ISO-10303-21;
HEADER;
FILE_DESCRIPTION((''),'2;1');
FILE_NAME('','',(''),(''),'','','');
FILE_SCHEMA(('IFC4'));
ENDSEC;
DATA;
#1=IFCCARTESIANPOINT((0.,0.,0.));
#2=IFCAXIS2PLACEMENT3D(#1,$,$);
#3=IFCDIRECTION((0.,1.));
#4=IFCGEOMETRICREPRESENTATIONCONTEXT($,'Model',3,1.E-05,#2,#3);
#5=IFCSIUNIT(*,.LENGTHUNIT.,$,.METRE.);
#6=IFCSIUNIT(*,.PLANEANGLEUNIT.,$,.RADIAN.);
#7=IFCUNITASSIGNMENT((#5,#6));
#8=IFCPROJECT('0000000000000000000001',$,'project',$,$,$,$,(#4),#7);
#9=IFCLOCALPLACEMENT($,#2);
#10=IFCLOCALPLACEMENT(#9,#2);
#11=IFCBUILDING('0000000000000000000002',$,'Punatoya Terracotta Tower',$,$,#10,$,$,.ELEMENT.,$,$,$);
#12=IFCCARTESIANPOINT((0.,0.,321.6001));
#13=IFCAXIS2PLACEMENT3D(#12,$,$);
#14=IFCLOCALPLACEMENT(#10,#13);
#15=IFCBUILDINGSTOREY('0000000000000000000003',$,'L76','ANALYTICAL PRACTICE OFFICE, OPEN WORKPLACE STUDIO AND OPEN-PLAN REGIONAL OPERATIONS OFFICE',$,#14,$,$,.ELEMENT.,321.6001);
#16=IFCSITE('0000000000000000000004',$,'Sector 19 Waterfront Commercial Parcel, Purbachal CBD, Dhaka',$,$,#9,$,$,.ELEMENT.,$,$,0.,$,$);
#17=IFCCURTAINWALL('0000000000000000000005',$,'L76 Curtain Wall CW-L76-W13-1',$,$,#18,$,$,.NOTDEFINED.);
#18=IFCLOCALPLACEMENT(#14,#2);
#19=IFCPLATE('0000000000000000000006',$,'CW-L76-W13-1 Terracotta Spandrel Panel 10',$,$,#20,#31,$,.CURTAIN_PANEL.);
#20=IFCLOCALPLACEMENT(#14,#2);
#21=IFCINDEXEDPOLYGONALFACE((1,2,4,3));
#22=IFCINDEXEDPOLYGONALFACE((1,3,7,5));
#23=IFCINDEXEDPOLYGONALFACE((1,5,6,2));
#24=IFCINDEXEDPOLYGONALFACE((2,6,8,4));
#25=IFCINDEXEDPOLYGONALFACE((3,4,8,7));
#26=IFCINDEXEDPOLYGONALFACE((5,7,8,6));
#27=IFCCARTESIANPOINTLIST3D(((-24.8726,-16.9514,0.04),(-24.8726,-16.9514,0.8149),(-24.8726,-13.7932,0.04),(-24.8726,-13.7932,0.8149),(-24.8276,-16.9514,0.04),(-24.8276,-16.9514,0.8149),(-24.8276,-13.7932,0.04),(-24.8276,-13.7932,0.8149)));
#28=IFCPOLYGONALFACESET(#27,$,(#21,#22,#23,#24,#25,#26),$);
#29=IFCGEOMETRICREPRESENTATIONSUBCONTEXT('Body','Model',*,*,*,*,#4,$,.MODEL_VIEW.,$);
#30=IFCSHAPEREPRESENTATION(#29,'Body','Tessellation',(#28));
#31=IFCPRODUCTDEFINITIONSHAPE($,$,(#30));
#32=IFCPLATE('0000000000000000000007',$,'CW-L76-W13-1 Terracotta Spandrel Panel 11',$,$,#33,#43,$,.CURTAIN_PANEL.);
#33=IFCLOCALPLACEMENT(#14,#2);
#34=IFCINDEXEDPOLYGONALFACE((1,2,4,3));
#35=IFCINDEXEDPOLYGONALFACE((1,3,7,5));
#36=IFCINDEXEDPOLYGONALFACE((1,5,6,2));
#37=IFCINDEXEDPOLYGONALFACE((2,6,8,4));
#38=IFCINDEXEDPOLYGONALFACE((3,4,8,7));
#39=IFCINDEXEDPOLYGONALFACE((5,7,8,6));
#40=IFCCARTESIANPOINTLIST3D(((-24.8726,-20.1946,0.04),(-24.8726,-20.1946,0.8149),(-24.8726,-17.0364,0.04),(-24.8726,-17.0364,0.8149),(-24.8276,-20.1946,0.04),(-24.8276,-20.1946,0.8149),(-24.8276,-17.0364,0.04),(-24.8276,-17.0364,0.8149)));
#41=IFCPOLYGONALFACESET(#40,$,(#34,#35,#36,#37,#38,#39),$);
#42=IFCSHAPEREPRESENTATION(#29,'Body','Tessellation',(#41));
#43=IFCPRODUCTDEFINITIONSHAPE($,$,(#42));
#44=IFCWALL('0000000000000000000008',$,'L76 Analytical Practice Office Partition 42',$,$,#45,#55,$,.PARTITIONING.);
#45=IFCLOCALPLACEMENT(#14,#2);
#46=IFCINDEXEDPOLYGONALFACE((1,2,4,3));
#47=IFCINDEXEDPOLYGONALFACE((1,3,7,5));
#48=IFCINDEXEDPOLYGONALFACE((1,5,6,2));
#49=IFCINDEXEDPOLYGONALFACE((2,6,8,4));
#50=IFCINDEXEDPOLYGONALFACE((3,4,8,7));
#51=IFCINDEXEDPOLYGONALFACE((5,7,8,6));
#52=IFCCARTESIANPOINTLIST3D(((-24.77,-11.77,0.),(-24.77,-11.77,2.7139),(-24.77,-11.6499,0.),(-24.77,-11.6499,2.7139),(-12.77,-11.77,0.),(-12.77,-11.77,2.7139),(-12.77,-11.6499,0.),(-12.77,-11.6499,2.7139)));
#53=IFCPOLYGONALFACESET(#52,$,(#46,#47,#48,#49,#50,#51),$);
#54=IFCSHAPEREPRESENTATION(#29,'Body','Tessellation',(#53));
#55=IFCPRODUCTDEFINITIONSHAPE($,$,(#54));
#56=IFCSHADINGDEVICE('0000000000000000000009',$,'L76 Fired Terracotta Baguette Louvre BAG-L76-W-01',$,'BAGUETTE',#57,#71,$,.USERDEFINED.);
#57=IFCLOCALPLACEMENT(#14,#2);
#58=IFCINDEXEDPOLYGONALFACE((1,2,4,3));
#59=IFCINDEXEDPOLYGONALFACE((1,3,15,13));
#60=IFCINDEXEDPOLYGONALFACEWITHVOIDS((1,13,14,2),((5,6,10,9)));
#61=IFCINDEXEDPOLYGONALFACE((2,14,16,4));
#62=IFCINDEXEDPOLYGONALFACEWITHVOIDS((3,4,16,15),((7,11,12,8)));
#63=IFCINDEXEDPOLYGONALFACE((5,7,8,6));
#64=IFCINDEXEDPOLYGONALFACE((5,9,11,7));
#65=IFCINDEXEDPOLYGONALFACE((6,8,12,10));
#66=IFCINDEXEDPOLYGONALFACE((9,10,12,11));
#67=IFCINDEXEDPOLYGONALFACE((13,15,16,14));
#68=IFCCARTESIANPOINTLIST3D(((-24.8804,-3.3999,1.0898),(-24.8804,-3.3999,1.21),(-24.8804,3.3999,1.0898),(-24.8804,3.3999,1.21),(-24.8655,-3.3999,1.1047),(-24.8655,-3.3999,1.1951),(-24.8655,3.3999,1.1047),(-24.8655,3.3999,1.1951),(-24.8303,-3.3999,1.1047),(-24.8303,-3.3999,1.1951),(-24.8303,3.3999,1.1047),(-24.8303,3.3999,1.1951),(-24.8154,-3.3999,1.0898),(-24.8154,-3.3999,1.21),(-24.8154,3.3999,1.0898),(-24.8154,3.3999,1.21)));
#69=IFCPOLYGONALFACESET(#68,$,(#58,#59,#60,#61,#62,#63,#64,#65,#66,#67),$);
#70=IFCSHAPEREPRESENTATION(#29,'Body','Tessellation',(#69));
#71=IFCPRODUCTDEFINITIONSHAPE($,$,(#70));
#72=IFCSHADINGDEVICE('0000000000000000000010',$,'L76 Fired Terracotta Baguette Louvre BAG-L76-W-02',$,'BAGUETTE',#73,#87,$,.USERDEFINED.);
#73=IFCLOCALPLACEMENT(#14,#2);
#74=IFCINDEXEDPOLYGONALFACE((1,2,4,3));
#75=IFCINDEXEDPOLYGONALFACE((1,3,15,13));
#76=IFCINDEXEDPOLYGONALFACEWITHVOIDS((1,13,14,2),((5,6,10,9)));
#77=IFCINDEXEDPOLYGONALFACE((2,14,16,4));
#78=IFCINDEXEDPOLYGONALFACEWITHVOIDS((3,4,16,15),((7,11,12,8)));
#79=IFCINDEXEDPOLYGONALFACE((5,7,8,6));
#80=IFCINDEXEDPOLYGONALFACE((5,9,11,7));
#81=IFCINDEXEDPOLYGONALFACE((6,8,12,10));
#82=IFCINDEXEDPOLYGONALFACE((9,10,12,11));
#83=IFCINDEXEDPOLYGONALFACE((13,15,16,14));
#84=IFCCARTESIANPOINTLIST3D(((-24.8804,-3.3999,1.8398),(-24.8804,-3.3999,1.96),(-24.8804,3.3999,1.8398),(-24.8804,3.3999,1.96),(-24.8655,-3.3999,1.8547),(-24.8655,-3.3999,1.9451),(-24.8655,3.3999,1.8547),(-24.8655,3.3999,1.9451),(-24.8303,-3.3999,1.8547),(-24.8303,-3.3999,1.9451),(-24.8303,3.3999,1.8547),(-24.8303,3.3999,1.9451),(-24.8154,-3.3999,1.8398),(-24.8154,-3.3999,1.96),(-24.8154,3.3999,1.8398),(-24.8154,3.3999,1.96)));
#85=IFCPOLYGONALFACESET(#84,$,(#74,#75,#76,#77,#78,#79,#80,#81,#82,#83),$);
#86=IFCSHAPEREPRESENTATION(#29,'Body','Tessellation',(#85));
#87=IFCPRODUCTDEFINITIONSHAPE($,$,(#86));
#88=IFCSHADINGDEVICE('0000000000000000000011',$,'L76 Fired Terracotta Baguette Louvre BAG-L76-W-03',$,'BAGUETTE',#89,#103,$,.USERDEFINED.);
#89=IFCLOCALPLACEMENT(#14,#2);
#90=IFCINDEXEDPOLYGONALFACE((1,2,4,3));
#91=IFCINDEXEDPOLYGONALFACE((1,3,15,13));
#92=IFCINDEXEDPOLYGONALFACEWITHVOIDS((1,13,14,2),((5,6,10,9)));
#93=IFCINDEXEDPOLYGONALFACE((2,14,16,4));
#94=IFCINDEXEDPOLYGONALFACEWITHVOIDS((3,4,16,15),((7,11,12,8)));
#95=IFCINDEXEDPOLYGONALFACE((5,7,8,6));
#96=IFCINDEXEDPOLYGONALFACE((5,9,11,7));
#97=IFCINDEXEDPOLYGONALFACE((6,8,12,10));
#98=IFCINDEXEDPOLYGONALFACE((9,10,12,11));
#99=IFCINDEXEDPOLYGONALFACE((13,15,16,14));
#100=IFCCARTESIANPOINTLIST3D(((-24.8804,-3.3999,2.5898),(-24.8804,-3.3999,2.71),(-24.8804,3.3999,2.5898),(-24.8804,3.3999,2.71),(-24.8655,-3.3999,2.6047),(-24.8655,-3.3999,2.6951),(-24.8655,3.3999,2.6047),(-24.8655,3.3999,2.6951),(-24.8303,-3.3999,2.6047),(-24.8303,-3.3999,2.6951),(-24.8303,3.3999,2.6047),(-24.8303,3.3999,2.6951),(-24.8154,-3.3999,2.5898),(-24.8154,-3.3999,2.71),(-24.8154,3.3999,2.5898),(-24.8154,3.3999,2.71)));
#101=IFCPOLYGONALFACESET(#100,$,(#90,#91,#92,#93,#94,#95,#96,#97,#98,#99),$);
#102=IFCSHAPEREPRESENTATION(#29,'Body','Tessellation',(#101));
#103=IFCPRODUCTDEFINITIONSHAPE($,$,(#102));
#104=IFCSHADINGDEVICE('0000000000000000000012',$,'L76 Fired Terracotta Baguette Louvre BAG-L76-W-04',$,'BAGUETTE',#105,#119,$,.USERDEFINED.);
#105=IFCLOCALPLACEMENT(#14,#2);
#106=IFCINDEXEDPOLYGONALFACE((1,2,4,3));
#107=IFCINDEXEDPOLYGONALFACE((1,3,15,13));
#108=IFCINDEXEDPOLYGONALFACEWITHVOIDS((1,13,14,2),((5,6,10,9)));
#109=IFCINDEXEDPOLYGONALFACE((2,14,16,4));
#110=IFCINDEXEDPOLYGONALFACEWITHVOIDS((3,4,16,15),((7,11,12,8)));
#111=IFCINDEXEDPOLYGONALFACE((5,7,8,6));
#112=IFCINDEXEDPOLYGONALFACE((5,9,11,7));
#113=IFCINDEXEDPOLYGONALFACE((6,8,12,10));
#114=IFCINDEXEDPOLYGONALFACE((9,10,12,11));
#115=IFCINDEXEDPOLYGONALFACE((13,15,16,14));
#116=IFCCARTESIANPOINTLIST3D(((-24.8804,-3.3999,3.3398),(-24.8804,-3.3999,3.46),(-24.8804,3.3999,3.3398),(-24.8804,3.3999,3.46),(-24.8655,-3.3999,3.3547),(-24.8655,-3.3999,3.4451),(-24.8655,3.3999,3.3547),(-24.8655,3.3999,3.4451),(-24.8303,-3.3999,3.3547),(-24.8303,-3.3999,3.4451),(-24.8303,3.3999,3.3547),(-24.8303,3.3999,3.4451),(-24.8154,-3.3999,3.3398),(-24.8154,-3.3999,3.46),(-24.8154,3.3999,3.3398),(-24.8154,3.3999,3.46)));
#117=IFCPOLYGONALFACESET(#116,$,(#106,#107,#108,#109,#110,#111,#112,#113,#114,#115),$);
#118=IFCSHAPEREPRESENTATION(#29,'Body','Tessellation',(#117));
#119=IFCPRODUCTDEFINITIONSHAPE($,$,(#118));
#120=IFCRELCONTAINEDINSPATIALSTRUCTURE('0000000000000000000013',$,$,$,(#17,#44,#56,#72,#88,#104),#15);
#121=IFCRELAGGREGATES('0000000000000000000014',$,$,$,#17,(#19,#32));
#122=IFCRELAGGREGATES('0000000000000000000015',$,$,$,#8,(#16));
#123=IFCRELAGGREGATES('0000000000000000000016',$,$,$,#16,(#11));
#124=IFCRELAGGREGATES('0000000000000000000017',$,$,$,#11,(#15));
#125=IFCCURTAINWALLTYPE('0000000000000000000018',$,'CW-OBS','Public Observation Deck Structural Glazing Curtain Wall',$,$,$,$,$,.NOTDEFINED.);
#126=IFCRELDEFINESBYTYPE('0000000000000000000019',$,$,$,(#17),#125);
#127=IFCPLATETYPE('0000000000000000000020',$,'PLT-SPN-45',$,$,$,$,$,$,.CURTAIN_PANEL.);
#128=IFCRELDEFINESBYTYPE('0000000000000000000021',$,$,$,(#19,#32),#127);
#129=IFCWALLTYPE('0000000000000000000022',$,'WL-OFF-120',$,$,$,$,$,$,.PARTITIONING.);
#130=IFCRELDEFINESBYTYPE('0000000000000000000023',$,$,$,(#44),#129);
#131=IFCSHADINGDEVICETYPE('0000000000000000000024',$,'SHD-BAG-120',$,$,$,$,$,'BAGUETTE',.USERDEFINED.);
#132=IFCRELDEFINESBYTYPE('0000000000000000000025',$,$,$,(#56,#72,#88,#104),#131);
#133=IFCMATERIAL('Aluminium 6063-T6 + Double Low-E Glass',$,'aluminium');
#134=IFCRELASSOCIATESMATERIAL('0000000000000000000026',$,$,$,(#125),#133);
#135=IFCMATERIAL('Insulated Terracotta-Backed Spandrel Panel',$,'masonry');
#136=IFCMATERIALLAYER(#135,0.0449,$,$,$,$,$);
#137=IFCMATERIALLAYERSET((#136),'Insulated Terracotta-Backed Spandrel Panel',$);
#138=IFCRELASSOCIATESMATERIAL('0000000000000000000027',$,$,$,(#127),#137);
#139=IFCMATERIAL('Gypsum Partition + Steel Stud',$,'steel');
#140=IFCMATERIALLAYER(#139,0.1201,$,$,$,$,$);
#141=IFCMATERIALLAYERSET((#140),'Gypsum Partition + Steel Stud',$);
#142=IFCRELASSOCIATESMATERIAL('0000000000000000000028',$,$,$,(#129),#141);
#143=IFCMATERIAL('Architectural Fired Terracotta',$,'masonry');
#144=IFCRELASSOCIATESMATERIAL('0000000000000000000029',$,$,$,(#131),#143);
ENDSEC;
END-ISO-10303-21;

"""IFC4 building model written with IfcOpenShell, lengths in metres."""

from ifc_helpers import new_model, si_unit, direction, frame, frame_2d, origin, origin_2d, place, context, subcontext, project, spatial, rectangle, hollow_rectangle, extrude, material, layer, layer_set, material_profile, profile_set, type_object, element, aggregate, save


model = new_model("IFC4")

# Units and contexts
model_context = context("Model", 3, precision=1e-05, world=origin(), true_north=direction((0.0, 1.0)))
body_context = subcontext(model_context, "Body", "Model", "MODEL_VIEW")
ifc_project = project(units=[si_unit("LENGTHUNIT", "METRE"), si_unit("PLANEANGLEUNIT", "RADIAN")], contexts=[model_context])

# Site, building, storey
site_placement = place(None, origin())
site = spatial("IfcSite", under=ifc_project, at=site_placement, Name="Sector 19 Waterfront Commercial Parcel, Purbachal CBD, Dhaka", CompositionType="ELEMENT", RefElevation=0.0)
building_placement = place(site_placement, origin())
building = spatial("IfcBuilding", under=site, at=building_placement, Name="Punatoya Terracotta Tower", CompositionType="ELEMENT")
storey_placement = place(building_placement, frame((0.0, 0.0, 321.6001)))
storey = spatial("IfcBuildingStorey", under=building, at=storey_placement, Name="L76", Description="ANALYTICAL PRACTICE OFFICE, OPEN WORKPLACE STUDIO AND OPEN-PLAN REGIONAL OPERATIONS OFFICE", CompositionType="ELEMENT", Elevation=321.6001)

# Curtain wall
ifc_material_1 = material(Name="Aluminium 6063-T6 + Double Low-E Glass", Category="aluminium")
curtain_wall_type = type_object("IfcCurtainWallType", Name="CW-OBS", Description="Public Observation Deck Structural Glazing Curtain Wall", PredefinedType="NOTDEFINED", material=ifc_material_1)
curtain_wall_1_placement = place(storey_placement, origin())
curtain_wall_1 = element("IfcCurtainWall", 1, at=curtain_wall_1_placement, inside=storey, type_object=curtain_wall_type, Name="L76 Curtain Wall CW-L76-W13-1", PredefinedType="NOTDEFINED")

# Plates
ifc_material_2 = material(Name="Insulated Terracotta-Backed Spandrel Panel", Category="masonry")
ifc_layer_1 = layer(ifc_material_2, 0.0449)
ifc_layer_set_1 = layer_set([ifc_layer_1], Name="Insulated Terracotta-Backed Spandrel Panel")
plate_type_1 = type_object("IfcPlateType", Name="PLT-SPN-45", PredefinedType="CURTAIN_PANEL", material=ifc_layer_set_1)
plate_1_placement = place(storey_placement, frame((-24.8501, -15.3723, 0.04), z_axis=(0.0, 0.0, 1.0), x_axis=(0.0, -1.0, 0.0)))
plate_1 = element("IfcPlate", 2, at=plate_1_placement, type_object=plate_type_1, Name="CW-L76-W13-1 Terracotta Spandrel Panel 10", PredefinedType="CURTAIN_PANEL", context=body_context, shape_type="SweptSolid", body=[
    extrude(rectangle(XDim=3.1582, YDim=0.0449, at=origin_2d()), origin(), (0.0, 0.0, 1.0), 0.7749),
])
plate_2_placement = place(storey_placement, frame((-24.8501, -18.6155, 0.04), z_axis=(0.0, 0.0, 1.0), x_axis=(0.0, -1.0, 0.0)))
plate_2 = element("IfcPlate", 3, at=plate_2_placement, type_object=plate_type_1, Name="CW-L76-W13-1 Terracotta Spandrel Panel 11", PredefinedType="CURTAIN_PANEL", context=body_context, shape_type="SweptSolid", body=[
    extrude(rectangle(XDim=3.1582, YDim=0.0449, at=origin_2d()), origin(), (0.0, 0.0, 1.0), 0.7749),
])
aggregate(curtain_wall_1, [plate_1, plate_2])

# Wall
ifc_material_3 = material(Name="Gypsum Partition + Steel Stud", Category="steel")
ifc_layer_2 = layer(ifc_material_3, 0.1201)
ifc_layer_set_2 = layer_set([ifc_layer_2], Name="Gypsum Partition + Steel Stud")
wall_type = type_object("IfcWallType", Name="WL-OFF-120", PredefinedType="PARTITIONING", material=ifc_layer_set_2)
wall_placement = place(storey_placement, frame((-24.77, -11.71, 0.0), z_axis=(0.0, 0.0, 1.0), x_axis=(1.0, 0.0, 0.0)))
element("IfcWall", 4, at=wall_placement, inside=storey, type_object=wall_type, Name="L76 Analytical Practice Office Partition 42", PredefinedType="PARTITIONING", context=body_context, shape_type="SweptSolid", body=[
    extrude(rectangle(XDim=12.0, YDim=0.1201, at=frame_2d((6.0, 0.0))), origin(), (0.0, 0.0, 1.0), 2.7139),
])

# Shading devices
ifc_material_4 = material(Name="Architectural Fired Terracotta", Category="masonry")
ifc_material_profile_1 = material_profile(ifc_material_4, hollow_rectangle(XDim=0.0649, YDim=0.1201, WallThickness=0.0149, at=origin_2d()))
ifc_profile_set_1 = profile_set([ifc_material_profile_1], Name="Architectural Fired Terracotta")
shading_device_type = type_object("IfcShadingDeviceType", Name="SHD-BAG-120", ElementType="BAGUETTE", PredefinedType="USERDEFINED", material=ifc_profile_set_1)
for number, where, z_axis, x_axis, name in (
    (5, (-24.8479, -3.3999, 1.1499), (0.0, 1.0, 0.0), (-1.0, 0.0, 0.0), "L76 Fired Terracotta Baguette Louvre BAG-L76-W-01"),
    (6, (-24.8479, -3.3999, 1.8999), (0.0, 1.0, 0.0), (-1.0, 0.0, 0.0), "L76 Fired Terracotta Baguette Louvre BAG-L76-W-02"),
    (7, (-24.8479, -3.3999, 2.6499), (0.0, 1.0, 0.0), (-1.0, 0.0, 0.0), "L76 Fired Terracotta Baguette Louvre BAG-L76-W-03"),
    (8, (-24.8479, -3.3999, 3.3999), (0.0, 1.0, 0.0), (-1.0, 0.0, 0.0), "L76 Fired Terracotta Baguette Louvre BAG-L76-W-04"),
):
    element("IfcShadingDevice", number, at=place(storey_placement, frame(where, z_axis=z_axis, x_axis=x_axis)), inside=storey, type_object=shading_device_type, Name=name, ObjectType="BAGUETTE", PredefinedType="USERDEFINED", context=body_context, shape_type="SweptSolid", body=[
        extrude(hollow_rectangle(XDim=0.0649, YDim=0.1201, WallThickness=0.0149, at=origin_2d()), origin(), (0.0, 0.0, 1.0), 6.7998),
    ])

save(model, "model.ifc")
